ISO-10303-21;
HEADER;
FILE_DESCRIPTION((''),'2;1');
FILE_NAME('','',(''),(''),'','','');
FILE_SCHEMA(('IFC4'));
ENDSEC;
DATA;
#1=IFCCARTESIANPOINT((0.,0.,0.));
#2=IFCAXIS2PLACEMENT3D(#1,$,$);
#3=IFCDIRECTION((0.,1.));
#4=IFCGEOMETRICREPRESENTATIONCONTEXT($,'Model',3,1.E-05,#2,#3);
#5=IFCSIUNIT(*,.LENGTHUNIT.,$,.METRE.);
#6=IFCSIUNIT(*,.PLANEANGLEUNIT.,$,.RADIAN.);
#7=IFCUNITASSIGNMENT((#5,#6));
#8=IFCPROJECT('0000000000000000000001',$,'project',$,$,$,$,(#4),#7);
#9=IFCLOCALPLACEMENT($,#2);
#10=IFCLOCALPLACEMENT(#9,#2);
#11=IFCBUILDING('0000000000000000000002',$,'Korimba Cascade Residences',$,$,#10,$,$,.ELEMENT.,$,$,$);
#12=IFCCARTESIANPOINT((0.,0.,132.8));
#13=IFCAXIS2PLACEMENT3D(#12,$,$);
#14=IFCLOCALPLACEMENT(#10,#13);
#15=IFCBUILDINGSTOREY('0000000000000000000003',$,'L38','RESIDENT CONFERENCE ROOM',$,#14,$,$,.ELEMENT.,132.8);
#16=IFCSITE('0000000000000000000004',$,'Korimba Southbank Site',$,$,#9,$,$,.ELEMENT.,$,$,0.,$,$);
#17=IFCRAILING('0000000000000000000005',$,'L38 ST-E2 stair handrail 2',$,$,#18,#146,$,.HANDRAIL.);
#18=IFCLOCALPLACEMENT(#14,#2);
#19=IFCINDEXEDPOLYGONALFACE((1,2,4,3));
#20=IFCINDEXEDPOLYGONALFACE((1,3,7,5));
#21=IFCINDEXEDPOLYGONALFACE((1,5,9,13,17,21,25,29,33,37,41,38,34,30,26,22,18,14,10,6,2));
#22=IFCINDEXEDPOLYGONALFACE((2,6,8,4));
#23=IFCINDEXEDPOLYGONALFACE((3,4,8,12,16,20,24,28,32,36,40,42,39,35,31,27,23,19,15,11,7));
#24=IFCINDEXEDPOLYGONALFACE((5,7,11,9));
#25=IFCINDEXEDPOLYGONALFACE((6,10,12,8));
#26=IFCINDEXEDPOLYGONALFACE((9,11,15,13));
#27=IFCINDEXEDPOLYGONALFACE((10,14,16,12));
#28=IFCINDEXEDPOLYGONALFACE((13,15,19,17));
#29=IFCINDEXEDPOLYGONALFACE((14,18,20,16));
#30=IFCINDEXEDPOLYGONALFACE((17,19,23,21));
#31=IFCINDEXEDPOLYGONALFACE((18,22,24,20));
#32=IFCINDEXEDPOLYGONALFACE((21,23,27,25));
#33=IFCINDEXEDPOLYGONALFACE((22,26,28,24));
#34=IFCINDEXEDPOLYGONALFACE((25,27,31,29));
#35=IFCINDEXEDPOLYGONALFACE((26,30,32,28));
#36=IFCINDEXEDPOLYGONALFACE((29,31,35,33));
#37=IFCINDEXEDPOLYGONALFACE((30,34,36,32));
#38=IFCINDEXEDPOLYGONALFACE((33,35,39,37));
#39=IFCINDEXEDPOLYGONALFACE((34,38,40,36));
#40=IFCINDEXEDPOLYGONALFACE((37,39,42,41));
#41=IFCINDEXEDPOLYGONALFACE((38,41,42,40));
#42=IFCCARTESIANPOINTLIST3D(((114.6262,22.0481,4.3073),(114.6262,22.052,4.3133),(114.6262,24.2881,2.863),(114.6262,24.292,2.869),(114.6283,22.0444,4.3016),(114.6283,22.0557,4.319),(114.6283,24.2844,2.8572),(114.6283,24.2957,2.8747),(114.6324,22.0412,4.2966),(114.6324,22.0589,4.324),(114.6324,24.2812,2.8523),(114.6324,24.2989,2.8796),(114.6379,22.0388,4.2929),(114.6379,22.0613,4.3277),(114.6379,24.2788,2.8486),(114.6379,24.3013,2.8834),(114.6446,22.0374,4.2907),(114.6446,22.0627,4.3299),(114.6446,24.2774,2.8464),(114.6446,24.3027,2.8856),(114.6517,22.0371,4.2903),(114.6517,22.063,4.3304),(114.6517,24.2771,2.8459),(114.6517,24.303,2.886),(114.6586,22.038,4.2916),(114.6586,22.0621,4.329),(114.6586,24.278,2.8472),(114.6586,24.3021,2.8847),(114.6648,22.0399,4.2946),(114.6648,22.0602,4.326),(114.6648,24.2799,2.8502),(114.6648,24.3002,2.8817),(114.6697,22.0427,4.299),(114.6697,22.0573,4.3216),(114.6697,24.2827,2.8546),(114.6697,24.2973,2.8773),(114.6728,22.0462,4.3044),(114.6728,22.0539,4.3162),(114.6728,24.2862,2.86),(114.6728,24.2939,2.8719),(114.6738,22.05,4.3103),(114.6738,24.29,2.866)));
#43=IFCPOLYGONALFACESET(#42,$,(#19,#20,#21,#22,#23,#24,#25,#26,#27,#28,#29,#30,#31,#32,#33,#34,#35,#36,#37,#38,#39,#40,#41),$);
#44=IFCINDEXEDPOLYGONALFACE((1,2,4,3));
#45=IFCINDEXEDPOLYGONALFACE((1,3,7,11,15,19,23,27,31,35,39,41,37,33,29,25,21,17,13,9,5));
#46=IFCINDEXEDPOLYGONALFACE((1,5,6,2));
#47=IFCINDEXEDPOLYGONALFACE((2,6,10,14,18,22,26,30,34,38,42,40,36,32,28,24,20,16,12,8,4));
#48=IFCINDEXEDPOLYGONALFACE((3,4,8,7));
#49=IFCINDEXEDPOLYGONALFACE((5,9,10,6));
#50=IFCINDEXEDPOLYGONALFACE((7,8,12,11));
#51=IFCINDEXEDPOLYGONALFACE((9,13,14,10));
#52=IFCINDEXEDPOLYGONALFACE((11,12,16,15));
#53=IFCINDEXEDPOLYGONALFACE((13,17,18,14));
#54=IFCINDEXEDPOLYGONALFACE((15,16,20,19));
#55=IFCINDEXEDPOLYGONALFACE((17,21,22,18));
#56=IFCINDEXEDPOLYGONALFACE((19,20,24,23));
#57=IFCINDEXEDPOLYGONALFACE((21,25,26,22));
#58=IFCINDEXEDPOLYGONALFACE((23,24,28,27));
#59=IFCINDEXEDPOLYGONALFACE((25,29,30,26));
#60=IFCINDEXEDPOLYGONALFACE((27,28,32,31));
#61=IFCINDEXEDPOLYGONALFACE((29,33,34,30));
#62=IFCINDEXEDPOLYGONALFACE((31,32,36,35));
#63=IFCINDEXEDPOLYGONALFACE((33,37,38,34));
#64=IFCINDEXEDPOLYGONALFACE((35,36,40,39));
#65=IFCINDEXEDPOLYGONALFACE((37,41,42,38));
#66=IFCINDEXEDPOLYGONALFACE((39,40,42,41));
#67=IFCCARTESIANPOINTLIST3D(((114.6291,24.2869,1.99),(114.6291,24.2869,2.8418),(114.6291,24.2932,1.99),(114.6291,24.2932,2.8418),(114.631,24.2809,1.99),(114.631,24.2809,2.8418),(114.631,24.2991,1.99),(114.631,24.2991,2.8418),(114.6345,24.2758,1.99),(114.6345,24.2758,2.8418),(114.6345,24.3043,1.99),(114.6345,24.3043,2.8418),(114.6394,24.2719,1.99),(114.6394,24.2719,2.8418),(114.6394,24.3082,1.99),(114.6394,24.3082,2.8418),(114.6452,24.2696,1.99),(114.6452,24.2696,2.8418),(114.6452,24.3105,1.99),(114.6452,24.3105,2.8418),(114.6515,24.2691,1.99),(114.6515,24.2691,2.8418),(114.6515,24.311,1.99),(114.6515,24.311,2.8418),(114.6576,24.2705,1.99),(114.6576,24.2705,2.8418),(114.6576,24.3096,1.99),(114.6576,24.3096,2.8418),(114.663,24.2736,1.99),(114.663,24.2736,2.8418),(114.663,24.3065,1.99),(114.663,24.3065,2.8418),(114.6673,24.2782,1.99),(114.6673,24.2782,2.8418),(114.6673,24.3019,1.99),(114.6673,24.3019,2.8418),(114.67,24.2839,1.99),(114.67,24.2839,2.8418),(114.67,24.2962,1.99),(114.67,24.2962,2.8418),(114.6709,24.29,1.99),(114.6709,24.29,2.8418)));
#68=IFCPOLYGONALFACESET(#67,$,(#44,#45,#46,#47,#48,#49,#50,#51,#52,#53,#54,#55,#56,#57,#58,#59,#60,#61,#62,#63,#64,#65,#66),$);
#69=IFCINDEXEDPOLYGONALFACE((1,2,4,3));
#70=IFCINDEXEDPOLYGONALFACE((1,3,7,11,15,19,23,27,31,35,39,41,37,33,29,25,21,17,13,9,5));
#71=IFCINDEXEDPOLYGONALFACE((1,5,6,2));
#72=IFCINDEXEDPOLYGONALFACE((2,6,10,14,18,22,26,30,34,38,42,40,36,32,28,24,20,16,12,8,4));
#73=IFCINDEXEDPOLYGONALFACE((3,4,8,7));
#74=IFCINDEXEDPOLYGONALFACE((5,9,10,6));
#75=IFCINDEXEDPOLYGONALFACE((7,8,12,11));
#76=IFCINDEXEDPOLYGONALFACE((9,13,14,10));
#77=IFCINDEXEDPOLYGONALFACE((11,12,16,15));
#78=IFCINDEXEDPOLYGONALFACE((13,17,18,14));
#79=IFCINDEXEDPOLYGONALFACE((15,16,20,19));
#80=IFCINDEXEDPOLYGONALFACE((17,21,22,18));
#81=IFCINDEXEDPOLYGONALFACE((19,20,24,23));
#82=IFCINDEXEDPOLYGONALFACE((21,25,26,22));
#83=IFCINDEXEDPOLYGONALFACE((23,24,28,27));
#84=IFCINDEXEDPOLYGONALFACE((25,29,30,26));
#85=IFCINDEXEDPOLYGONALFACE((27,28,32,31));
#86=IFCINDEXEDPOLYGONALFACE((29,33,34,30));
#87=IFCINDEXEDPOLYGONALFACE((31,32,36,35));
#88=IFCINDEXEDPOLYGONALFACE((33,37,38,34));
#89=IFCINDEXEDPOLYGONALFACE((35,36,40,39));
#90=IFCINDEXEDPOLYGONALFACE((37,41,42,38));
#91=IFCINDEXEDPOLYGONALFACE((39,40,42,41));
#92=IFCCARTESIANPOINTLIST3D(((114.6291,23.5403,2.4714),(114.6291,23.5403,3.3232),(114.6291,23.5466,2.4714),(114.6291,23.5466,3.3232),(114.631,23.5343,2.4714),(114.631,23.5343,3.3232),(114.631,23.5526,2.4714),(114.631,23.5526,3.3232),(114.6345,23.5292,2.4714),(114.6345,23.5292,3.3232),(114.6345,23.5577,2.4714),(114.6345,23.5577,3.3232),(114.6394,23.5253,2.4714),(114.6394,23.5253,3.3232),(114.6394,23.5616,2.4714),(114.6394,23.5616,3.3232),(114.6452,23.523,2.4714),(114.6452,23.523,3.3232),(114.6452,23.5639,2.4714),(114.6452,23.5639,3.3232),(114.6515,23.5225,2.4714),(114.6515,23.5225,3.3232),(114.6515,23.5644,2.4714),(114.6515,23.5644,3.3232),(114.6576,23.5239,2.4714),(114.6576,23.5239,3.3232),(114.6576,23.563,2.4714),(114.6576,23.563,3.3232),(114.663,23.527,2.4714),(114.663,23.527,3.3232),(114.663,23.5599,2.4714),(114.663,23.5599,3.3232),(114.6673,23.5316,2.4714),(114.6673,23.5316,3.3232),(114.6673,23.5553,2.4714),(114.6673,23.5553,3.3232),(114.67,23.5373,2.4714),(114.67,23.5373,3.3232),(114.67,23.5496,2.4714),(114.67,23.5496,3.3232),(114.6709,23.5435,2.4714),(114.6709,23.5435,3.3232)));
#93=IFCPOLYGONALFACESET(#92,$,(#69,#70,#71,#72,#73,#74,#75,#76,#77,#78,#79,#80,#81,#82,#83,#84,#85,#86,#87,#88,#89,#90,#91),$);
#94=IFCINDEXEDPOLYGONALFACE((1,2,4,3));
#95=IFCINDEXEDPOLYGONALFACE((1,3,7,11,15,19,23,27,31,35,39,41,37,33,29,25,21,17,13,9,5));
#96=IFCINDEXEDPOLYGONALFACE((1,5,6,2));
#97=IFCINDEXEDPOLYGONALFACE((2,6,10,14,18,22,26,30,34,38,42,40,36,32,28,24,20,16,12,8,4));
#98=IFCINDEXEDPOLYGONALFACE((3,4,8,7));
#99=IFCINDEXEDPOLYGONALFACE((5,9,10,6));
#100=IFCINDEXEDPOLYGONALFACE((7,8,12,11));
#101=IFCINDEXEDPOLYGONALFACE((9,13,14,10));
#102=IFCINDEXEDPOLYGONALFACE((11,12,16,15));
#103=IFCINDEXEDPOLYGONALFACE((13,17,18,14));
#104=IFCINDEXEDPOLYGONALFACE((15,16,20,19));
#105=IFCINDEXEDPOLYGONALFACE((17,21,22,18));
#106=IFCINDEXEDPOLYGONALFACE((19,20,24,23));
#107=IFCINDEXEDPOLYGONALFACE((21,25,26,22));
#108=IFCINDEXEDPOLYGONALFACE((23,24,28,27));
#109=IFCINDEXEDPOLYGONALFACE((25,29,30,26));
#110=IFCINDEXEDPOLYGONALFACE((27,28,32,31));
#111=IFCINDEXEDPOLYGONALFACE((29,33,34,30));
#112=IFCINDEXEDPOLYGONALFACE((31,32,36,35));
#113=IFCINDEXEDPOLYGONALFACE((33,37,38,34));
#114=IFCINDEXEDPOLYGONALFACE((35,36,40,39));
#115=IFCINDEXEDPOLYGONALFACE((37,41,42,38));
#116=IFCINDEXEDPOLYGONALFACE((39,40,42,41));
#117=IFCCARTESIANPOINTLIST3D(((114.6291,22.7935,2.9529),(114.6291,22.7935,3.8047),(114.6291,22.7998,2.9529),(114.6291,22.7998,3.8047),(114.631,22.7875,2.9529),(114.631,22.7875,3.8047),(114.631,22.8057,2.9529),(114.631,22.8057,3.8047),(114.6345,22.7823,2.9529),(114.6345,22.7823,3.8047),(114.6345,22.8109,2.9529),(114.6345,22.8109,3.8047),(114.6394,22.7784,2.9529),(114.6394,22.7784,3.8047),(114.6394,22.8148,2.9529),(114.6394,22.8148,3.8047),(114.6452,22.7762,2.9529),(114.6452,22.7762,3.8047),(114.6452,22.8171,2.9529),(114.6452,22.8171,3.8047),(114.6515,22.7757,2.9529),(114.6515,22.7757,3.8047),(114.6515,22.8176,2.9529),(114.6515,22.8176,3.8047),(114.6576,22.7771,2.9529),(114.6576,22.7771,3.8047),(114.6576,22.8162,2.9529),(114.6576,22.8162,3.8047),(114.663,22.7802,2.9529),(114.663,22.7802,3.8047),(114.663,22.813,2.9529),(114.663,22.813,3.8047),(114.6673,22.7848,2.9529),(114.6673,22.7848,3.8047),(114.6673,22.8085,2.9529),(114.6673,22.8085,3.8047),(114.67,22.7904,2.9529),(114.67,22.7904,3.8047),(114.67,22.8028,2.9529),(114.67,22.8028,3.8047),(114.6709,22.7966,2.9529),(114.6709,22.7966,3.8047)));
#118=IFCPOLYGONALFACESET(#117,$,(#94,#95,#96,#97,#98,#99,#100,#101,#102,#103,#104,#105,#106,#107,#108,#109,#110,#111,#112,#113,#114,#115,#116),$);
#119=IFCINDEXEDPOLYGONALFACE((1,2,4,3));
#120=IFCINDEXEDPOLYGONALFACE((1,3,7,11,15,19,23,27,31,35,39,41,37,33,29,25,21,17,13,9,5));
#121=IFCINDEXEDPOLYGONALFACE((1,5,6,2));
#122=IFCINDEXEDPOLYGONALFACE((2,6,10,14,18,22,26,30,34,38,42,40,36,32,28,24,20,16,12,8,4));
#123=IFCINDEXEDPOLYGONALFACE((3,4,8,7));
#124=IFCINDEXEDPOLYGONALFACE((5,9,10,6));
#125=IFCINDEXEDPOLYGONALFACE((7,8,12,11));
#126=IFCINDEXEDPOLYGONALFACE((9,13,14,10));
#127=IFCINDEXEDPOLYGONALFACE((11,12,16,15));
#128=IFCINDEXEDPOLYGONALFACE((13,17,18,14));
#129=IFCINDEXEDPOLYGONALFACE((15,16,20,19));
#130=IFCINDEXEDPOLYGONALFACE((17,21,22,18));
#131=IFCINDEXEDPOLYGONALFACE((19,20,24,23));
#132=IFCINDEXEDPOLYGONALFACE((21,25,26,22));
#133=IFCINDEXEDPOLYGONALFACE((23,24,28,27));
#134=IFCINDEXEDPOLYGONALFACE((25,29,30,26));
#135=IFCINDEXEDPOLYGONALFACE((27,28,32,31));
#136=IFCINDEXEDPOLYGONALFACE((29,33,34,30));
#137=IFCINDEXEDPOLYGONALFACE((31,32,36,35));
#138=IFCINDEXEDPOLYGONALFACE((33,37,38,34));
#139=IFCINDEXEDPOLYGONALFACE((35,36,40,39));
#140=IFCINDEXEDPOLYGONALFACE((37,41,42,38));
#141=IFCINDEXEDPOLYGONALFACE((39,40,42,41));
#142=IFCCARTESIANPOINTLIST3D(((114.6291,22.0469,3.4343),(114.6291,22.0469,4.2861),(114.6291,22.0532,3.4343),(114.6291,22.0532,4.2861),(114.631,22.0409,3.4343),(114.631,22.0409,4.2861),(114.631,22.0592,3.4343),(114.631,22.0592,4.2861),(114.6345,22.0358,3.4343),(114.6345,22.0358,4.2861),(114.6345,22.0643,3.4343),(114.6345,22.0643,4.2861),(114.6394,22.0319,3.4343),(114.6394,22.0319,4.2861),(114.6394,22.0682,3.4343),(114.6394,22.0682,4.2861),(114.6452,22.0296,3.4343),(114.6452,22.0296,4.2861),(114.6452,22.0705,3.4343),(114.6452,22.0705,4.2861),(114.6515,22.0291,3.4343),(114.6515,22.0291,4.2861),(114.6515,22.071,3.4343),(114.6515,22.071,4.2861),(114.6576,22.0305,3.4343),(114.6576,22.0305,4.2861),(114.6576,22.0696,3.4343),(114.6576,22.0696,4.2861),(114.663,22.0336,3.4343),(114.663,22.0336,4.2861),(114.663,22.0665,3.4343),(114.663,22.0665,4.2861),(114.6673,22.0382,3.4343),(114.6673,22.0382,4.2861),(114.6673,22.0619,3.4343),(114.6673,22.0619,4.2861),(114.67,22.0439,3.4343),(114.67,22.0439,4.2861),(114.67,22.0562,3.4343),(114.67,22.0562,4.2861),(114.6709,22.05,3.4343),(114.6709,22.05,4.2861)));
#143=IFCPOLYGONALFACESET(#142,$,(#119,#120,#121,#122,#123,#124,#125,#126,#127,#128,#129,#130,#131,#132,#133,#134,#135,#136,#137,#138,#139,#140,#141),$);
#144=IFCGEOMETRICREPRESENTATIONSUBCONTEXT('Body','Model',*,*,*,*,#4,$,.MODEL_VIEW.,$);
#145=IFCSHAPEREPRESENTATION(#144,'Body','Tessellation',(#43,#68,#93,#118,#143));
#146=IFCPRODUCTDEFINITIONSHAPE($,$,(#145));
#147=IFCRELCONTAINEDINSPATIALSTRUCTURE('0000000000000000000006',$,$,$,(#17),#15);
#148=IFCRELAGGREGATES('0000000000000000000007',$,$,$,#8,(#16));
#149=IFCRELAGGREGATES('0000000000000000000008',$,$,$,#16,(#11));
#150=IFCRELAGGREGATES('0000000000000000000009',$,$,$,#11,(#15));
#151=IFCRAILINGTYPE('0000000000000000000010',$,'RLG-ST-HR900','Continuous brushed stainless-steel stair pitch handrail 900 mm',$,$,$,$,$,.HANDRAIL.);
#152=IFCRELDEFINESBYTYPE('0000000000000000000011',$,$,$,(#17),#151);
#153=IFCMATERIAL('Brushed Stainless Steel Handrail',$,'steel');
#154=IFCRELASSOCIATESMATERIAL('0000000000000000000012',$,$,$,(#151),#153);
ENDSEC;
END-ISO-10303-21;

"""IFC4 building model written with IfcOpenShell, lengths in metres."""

from ifc_helpers import new_model, si_unit, direction, frame, origin, origin_2d, place, context, subcontext, project, spatial, circle, extrude, material, type_object, element, save


model = new_model("IFC4")

# Units and contexts
model_context = context("Model", 3, precision=1e-05, world=origin(), true_north=direction((0.0, 1.0)))
body_context = subcontext(model_context, "Body", "Model", "MODEL_VIEW")
ifc_project = project(units=[si_unit("LENGTHUNIT", "METRE"), si_unit("PLANEANGLEUNIT", "RADIAN")], contexts=[model_context])

# Site, building, storey
site_placement = place(None, origin())
site = spatial("IfcSite", under=ifc_project, at=site_placement, Name="Korimba Southbank Site", CompositionType="ELEMENT", RefElevation=0.0)
building_placement = place(site_placement, origin())
building = spatial("IfcBuilding", under=site, at=building_placement, Name="Korimba Cascade Residences", CompositionType="ELEMENT")
storey_placement = place(building_placement, frame((0.0, 0.0, 132.8)))
storey = spatial("IfcBuildingStorey", under=building, at=storey_placement, Name="L38", Description="RESIDENT CONFERENCE ROOM", CompositionType="ELEMENT", Elevation=132.8)

# Railing
ifc_material_1 = material(Name="Brushed Stainless Steel Handrail", Category="steel")
railing_type_1 = type_object("IfcRailingType", Name="RLG-ST-HR900", Description="Continuous brushed stainless-steel stair pitch handrail 900 mm", PredefinedType="HANDRAIL", material=ifc_material_1)
railing_1_placement = place(storey_placement, frame((114.6499, 24.29, 1.99)))
element("IfcRailing", 1, at=railing_1_placement, inside=storey, type_object=railing_type_1, Name="L38 ST-E2 stair handrail 2", PredefinedType="HANDRAIL", context=body_context, shape_type="SweptSolid", body=[
    extrude(circle(Radius=0.0239, at=origin_2d()), frame((0.0, 0.0, 0.876), z_axis=(0.0, -0.840437, 0.54191), x_axis=(1.0, 0.0, 0.0)), (0.0, 0.0, 1.0), 2.6653),
    extrude(circle(Radius=0.021, at=origin_2d()), origin(), (0.0, 0.0, 1.0), 0.8518),
    extrude(circle(Radius=0.021, at=origin_2d()), frame((0.0, -0.7466, 0.4814)), (0.0, 0.0, 1.0), 0.8518),
    extrude(circle(Radius=0.021, at=origin_2d()), frame((0.0, -1.4934, 0.9629)), (0.0, 0.0, 1.0), 0.8518),
    extrude(circle(Radius=0.021, at=origin_2d()), frame((0.0, -2.24, 1.4443)), (0.0, 0.0, 1.0), 0.8518),
])

save(model, "model.ifc")
